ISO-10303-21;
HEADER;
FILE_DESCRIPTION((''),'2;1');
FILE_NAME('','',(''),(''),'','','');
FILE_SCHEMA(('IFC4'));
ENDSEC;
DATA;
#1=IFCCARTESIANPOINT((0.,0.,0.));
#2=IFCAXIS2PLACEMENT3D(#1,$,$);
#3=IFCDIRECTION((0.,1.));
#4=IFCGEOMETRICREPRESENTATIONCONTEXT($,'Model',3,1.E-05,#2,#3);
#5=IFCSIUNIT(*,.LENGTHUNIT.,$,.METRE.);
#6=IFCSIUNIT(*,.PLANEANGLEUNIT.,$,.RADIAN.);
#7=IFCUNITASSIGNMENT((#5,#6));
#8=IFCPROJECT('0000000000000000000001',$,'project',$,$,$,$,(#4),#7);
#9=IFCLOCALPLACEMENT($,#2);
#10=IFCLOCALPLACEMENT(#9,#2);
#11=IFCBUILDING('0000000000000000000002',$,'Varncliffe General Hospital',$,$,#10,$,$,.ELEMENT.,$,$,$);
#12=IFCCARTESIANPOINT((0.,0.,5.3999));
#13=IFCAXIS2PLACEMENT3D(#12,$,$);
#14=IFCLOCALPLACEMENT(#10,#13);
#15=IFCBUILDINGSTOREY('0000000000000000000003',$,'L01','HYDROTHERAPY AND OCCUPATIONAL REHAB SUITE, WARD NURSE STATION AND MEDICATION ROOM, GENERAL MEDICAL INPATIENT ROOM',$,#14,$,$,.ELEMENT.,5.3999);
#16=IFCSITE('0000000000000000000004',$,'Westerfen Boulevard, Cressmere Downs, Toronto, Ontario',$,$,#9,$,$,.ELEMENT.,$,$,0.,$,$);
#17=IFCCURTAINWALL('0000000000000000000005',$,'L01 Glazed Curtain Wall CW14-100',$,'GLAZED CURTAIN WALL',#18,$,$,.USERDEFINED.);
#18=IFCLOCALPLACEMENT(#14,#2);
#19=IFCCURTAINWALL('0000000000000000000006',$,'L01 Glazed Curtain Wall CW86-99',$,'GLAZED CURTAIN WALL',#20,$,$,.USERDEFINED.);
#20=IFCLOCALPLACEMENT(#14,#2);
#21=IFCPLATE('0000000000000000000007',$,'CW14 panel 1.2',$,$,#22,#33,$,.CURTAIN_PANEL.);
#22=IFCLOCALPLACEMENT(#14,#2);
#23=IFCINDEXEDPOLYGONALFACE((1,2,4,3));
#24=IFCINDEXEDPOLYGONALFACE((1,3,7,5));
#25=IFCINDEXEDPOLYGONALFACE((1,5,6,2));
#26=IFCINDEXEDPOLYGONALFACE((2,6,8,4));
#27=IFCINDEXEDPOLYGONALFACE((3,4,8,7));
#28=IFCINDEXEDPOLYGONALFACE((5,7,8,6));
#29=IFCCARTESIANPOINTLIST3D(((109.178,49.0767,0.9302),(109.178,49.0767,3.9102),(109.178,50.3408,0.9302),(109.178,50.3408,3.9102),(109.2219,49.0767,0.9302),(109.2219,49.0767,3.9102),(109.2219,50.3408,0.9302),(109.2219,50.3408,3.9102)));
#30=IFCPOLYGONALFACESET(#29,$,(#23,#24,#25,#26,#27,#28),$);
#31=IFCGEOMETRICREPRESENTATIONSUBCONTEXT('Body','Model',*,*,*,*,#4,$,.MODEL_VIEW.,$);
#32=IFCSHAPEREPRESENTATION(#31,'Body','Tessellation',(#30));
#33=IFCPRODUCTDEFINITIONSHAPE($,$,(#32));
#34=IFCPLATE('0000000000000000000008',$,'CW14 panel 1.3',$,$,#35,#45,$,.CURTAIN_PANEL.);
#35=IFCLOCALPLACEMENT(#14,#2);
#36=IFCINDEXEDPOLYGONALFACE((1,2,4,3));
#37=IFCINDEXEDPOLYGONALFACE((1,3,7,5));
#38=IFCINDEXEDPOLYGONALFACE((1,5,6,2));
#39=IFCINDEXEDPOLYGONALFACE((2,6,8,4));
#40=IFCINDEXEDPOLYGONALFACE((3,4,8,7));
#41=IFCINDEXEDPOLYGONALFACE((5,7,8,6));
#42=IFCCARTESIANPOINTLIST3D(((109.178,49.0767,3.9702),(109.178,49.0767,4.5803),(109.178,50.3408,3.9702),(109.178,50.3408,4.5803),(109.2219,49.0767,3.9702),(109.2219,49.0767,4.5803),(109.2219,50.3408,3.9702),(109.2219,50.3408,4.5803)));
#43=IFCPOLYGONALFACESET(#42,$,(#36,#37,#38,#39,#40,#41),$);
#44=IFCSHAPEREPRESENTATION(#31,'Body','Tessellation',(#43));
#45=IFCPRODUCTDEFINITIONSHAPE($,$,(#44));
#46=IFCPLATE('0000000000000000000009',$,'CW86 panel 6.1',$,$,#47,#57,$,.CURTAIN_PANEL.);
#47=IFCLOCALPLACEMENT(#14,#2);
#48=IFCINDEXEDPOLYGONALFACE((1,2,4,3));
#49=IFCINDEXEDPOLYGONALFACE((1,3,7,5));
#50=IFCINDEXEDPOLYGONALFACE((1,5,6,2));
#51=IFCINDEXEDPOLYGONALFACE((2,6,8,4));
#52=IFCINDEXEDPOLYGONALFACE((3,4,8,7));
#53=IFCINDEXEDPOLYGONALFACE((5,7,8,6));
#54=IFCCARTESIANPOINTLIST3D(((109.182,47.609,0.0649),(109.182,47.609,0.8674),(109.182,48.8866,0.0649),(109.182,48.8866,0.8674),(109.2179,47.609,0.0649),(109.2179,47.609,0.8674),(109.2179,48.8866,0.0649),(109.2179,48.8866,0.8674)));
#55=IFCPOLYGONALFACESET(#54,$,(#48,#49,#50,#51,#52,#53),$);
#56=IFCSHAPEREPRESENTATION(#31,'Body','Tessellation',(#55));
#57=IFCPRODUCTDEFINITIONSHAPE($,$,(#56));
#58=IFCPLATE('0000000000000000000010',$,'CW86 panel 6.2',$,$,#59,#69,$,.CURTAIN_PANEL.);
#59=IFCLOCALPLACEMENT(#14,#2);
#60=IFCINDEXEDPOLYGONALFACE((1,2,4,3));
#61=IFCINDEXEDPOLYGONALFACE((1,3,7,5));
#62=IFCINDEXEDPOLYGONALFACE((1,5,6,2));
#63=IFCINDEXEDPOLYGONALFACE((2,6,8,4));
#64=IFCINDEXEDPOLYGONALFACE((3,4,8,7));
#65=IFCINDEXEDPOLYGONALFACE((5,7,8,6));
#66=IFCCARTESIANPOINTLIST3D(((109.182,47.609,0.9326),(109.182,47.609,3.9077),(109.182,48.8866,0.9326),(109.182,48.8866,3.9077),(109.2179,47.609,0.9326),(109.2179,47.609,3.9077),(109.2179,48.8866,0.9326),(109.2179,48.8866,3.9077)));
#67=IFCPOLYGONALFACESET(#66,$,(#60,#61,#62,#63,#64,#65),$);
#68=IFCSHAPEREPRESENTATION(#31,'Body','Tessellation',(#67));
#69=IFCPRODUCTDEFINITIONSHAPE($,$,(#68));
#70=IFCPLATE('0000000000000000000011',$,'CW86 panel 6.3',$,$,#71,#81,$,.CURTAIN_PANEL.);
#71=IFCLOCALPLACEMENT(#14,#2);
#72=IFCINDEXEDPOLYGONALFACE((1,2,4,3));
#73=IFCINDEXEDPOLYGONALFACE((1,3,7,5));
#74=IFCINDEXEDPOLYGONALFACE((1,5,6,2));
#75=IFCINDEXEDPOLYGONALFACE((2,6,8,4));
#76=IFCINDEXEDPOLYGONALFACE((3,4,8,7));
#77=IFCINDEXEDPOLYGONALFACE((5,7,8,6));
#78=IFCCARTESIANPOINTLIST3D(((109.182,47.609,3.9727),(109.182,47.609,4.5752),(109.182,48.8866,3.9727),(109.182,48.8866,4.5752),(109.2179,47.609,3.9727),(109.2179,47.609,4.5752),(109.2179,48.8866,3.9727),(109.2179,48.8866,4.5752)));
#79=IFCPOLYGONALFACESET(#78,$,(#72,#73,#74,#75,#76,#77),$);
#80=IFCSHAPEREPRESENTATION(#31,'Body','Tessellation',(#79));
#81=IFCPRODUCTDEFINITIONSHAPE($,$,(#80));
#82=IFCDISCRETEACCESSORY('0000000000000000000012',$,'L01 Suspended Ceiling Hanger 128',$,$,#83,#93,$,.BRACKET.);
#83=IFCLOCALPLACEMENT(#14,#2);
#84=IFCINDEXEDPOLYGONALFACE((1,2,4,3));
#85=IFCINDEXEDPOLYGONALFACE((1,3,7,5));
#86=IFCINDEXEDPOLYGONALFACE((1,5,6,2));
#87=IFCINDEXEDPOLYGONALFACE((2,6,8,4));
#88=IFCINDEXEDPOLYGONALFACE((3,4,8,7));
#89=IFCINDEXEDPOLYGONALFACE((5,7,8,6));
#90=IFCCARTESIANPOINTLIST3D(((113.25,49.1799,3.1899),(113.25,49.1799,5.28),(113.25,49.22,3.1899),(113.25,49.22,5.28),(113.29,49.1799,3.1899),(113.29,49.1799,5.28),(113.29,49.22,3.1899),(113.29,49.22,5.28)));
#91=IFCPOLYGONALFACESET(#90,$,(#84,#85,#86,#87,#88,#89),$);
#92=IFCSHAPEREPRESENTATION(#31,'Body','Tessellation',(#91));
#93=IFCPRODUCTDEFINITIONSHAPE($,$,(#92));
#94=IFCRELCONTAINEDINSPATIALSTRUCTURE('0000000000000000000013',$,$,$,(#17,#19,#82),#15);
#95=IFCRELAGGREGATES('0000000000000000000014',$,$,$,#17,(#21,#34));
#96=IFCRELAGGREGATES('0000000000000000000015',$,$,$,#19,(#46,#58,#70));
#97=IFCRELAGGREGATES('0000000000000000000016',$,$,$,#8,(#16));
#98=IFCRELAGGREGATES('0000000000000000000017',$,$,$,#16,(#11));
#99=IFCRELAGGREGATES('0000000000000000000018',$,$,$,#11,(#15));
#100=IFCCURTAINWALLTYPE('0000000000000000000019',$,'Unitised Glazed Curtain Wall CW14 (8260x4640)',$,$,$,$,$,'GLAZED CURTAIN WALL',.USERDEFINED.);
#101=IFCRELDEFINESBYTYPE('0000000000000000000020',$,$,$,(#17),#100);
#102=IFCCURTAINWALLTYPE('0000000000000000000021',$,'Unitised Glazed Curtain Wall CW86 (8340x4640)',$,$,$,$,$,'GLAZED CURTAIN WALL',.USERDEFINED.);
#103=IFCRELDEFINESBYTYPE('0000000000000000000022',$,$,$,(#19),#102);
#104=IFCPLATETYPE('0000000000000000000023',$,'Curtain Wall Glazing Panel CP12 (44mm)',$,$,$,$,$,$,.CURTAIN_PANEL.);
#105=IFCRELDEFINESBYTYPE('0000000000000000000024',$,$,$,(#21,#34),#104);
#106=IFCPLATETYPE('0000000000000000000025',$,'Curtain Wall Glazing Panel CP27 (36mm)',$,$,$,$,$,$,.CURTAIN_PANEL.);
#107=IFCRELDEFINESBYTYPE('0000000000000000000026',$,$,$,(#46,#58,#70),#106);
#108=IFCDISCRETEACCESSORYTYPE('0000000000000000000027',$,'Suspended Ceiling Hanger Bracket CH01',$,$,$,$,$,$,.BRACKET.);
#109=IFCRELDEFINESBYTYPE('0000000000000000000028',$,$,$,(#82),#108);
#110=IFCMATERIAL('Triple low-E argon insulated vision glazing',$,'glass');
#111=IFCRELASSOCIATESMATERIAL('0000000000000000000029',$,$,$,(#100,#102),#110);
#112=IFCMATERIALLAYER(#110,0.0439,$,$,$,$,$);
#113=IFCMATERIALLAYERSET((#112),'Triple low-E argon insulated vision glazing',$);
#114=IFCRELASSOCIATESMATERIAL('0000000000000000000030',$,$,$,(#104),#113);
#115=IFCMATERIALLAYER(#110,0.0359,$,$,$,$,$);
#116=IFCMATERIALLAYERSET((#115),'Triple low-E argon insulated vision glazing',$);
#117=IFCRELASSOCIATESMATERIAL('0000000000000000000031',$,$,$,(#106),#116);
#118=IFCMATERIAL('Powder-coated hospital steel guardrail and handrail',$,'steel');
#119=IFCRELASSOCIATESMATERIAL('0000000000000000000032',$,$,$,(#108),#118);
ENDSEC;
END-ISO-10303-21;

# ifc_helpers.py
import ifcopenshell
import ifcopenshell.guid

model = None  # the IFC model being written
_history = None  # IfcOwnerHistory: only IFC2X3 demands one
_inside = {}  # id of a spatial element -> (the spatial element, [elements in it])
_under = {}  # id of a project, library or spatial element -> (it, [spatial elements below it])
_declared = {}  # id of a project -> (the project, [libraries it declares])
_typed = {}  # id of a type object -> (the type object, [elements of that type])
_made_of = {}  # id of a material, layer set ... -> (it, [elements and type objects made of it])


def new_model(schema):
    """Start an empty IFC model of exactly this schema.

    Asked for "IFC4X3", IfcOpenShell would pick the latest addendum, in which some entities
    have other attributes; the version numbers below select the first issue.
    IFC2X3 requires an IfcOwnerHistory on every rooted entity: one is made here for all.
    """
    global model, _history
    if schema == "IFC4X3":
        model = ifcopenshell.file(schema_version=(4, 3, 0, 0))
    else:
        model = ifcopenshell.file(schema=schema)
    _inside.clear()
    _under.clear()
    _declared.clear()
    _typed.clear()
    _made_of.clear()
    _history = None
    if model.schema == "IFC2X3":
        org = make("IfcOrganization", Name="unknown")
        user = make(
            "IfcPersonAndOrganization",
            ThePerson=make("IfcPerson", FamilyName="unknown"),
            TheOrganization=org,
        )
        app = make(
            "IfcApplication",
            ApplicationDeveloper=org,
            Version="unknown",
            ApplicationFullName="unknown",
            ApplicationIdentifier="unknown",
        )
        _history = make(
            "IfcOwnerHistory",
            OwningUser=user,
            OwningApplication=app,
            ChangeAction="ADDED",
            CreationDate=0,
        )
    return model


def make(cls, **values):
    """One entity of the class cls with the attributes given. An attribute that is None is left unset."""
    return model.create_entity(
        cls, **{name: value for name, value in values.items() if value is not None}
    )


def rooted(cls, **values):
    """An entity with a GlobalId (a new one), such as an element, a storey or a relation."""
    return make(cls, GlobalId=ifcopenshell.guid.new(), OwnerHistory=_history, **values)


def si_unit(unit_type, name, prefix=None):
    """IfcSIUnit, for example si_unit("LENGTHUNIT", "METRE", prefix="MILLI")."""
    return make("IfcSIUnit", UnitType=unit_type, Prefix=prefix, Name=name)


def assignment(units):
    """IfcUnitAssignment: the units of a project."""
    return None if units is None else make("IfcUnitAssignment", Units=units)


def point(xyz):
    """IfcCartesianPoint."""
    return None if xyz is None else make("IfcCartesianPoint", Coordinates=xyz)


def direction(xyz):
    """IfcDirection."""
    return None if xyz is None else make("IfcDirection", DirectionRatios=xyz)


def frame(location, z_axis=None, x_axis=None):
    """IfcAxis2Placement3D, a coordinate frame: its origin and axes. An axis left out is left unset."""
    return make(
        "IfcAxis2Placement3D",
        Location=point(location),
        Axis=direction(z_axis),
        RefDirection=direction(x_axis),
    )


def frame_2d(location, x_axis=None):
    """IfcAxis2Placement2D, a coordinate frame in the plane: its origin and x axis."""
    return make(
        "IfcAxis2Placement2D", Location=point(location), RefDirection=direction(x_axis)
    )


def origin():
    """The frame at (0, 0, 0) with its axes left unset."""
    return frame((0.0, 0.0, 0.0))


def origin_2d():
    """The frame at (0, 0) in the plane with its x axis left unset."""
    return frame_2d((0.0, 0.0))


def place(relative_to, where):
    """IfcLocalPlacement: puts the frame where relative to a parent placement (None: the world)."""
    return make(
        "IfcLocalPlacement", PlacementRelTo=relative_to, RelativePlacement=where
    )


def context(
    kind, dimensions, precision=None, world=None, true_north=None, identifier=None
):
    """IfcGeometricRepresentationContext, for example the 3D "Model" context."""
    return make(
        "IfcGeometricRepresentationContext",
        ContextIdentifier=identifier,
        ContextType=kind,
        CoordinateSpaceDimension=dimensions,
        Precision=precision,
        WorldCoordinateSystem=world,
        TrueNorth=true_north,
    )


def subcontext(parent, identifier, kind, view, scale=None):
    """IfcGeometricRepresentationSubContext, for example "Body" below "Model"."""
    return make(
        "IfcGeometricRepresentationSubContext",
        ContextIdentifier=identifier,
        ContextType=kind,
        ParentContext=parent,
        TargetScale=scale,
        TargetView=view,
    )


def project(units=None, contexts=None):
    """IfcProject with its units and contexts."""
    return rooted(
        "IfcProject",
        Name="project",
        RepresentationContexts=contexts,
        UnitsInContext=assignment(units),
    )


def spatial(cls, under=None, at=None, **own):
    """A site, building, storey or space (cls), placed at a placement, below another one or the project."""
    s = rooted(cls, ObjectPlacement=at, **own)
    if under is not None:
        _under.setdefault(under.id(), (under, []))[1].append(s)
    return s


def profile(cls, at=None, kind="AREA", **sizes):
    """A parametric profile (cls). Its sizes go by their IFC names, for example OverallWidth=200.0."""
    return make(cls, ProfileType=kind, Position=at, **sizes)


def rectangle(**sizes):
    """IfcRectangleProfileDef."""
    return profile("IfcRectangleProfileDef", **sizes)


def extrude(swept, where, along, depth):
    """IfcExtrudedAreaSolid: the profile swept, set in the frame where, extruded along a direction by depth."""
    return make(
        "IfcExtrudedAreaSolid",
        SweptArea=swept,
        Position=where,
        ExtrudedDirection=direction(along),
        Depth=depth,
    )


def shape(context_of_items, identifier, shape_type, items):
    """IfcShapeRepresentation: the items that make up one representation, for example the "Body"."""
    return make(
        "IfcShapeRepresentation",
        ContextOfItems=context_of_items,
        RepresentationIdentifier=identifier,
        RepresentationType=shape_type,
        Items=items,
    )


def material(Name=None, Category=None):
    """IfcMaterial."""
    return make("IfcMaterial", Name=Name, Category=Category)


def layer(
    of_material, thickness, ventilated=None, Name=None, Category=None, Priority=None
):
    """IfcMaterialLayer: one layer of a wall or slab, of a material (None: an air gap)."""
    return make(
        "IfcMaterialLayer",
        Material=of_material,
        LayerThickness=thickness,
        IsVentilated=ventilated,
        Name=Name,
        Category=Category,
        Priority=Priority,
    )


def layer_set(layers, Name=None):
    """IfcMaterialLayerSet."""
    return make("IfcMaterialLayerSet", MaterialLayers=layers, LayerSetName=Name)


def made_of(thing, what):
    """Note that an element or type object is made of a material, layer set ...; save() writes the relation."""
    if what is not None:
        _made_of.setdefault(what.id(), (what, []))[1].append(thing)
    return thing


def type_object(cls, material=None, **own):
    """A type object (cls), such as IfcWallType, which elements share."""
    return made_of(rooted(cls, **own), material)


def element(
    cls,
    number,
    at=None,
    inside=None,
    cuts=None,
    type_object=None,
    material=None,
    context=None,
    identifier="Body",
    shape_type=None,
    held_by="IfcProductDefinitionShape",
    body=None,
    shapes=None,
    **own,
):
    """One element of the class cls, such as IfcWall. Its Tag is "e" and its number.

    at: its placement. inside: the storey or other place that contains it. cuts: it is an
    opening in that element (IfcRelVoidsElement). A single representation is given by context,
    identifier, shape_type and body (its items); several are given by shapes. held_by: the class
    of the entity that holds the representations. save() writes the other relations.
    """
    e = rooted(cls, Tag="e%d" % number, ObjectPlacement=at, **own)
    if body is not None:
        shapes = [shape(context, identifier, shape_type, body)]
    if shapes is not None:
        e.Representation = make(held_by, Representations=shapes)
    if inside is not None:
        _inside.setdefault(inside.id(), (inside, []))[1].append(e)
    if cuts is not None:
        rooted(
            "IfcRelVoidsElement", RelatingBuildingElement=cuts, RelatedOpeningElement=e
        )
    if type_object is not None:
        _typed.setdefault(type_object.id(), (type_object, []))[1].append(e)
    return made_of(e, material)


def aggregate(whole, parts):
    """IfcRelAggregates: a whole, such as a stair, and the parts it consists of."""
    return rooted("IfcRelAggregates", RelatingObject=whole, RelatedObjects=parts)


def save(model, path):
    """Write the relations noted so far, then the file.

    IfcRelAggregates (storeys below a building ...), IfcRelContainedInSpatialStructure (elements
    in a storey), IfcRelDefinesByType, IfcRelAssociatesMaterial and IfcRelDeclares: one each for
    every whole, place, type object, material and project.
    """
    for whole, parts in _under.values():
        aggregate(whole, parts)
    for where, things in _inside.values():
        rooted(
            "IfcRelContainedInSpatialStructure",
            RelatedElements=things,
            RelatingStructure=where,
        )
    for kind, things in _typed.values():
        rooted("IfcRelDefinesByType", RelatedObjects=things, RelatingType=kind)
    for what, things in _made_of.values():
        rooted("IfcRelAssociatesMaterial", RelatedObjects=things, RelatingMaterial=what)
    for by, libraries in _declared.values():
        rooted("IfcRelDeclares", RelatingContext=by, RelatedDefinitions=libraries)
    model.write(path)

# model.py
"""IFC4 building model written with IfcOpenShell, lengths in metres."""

from ifc_helpers import new_model, si_unit, direction, frame, origin, origin_2d, place, context, subcontext, project, spatial, rectangle, extrude, material, layer, layer_set, type_object, element, aggregate, save


model = new_model("IFC4")

# Units and contexts
model_context = context("Model", 3, precision=1e-05, world=origin(), true_north=direction((0.0, 1.0)))
body_context = subcontext(model_context, "Body", "Model", "MODEL_VIEW")
ifc_project = project(units=[si_unit("LENGTHUNIT", "METRE"), si_unit("PLANEANGLEUNIT", "RADIAN")], contexts=[model_context])

# Site, building, storey
site_placement = place(None, origin())
site = spatial("IfcSite", under=ifc_project, at=site_placement, Name="Westerfen Boulevard, Cressmere Downs, Toronto, Ontario", CompositionType="ELEMENT", RefElevation=0.0)
building_placement = place(site_placement, origin())
building = spatial("IfcBuilding", under=site, at=building_placement, Name="Varncliffe General Hospital", CompositionType="ELEMENT")
storey_placement = place(building_placement, frame((0.0, 0.0, 5.3999)))
storey = spatial("IfcBuildingStorey", under=building, at=storey_placement, Name="L01", Description="HYDROTHERAPY AND OCCUPATIONAL REHAB SUITE, WARD NURSE STATION AND MEDICATION ROOM, GENERAL MEDICAL INPATIENT ROOM", CompositionType="ELEMENT", Elevation=5.3999)

# Curtain walls
ifc_material_1 = material(Name="Triple low-E argon insulated vision glazing", Category="glass")
curtain_wall_type_1 = type_object("IfcCurtainWallType", Name="Unitised Glazed Curtain Wall CW14 (8260x4640)", ElementType="GLAZED CURTAIN WALL", PredefinedType="USERDEFINED", material=ifc_material_1)
curtain_wall_1_placement = place(storey_placement, origin())
curtain_wall_1 = element("IfcCurtainWall", 1, at=curtain_wall_1_placement, inside=storey, type_object=curtain_wall_type_1, Name="L01 Glazed Curtain Wall CW14-100", ObjectType="GLAZED CURTAIN WALL", PredefinedType="USERDEFINED")
curtain_wall_type_2 = type_object("IfcCurtainWallType", Name="Unitised Glazed Curtain Wall CW86 (8340x4640)", ElementType="GLAZED CURTAIN WALL", PredefinedType="USERDEFINED", material=ifc_material_1)
curtain_wall_2_placement = place(storey_placement, origin())
curtain_wall_2 = element("IfcCurtainWall", 2, at=curtain_wall_2_placement, inside=storey, type_object=curtain_wall_type_2, Name="L01 Glazed Curtain Wall CW86-99", ObjectType="GLAZED CURTAIN WALL", PredefinedType="USERDEFINED")

# Plates
ifc_layer_1 = layer(ifc_material_1, 0.0439)
ifc_layer_set_1 = layer_set([ifc_layer_1], Name="Triple low-E argon insulated vision glazing")
plate_type_1 = type_object("IfcPlateType", Name="Curtain Wall Glazing Panel CP12 (44mm)", PredefinedType="CURTAIN_PANEL", material=ifc_layer_set_1)
plate_1_placement = place(storey_placement, frame((109.2, 49.7087, 0.9302), z_axis=(0.0, 0.0, 1.0), x_axis=(0.0, 1.0, 0.0)))
plate_1 = element("IfcPlate", 3, at=plate_1_placement, type_object=plate_type_1, Name="CW14 panel 1.2", PredefinedType="CURTAIN_PANEL", context=body_context, shape_type="SweptSolid", body=[
    extrude(rectangle(XDim=1.2642, YDim=0.0439, at=origin_2d()), origin(), (0.0, 0.0, 1.0), 2.98),
])
plate_2_placement = place(storey_placement, frame((109.2, 49.7087, 3.9702), z_axis=(0.0, 0.0, 1.0), x_axis=(0.0, 1.0, 0.0)))
plate_2 = element("IfcPlate", 4, at=plate_2_placement, type_object=plate_type_1, Name="CW14 panel 1.3", PredefinedType="CURTAIN_PANEL", context=body_context, shape_type="SweptSolid", body=[
    extrude(rectangle(XDim=1.2642, YDim=0.0439, at=origin_2d()), origin(), (0.0, 0.0, 1.0), 0.6101),
])
aggregate(curtain_wall_1, [plate_1, plate_2])
ifc_layer_2 = layer(ifc_material_1, 0.0359)
ifc_layer_set_2 = layer_set([ifc_layer_2], Name="Triple low-E argon insulated vision glazing")
plate_type_2 = type_object("IfcPlateType", Name="Curtain Wall Glazing Panel CP27 (36mm)", PredefinedType="CURTAIN_PANEL", material=ifc_layer_set_2)
plate_3_placement = place(storey_placement, frame((109.2, 48.2478, 0.0649), z_axis=(0.0, 0.0, 1.0), x_axis=(0.0, 1.0, 0.0)))
plate_3 = element("IfcPlate", 5, at=plate_3_placement, type_object=plate_type_2, Name="CW86 panel 6.1", PredefinedType="CURTAIN_PANEL", context=body_context, shape_type="SweptSolid", body=[
    extrude(rectangle(XDim=1.2776, YDim=0.0359, at=origin_2d()), origin(), (0.0, 0.0, 1.0), 0.8025),
])
plate_4_placement = place(storey_placement, frame((109.2, 48.2478, 0.9326), z_axis=(0.0, 0.0, 1.0), x_axis=(0.0, 1.0, 0.0)))
plate_4 = element("IfcPlate", 6, at=plate_4_placement, type_object=plate_type_2, Name="CW86 panel 6.2", PredefinedType="CURTAIN_PANEL", context=body_context, shape_type="SweptSolid", body=[
    extrude(rectangle(XDim=1.2776, YDim=0.0359, at=origin_2d()), origin(), (0.0, 0.0, 1.0), 2.9751),
])
plate_5_placement = place(storey_placement, frame((109.2, 48.2478, 3.9727), z_axis=(0.0, 0.0, 1.0), x_axis=(0.0, 1.0, 0.0)))
plate_5 = element("IfcPlate", 7, at=plate_5_placement, type_object=plate_type_2, Name="CW86 panel 6.3", PredefinedType="CURTAIN_PANEL", context=body_context, shape_type="SweptSolid", body=[
    extrude(rectangle(XDim=1.2776, YDim=0.0359, at=origin_2d()), origin(), (0.0, 0.0, 1.0), 0.6025),
])
aggregate(curtain_wall_2, [plate_3, plate_4, plate_5])

# Discrete accessory
ifc_material_2 = material(Name="Powder-coated hospital steel guardrail and handrail", Category="steel")
discrete_accessory_type = type_object("IfcDiscreteAccessoryType", Name="Suspended Ceiling Hanger Bracket CH01", PredefinedType="BRACKET", material=ifc_material_2)
discrete_accessory_placement = place(storey_placement, frame((113.27, 49.2, 3.1899), z_axis=(0.0, 0.0, 1.0), x_axis=(1.0, 0.0, 0.0)))
element("IfcDiscreteAccessory", 8, at=discrete_accessory_placement, inside=storey, type_object=discrete_accessory_type, Name="L01 Suspended Ceiling Hanger 128", PredefinedType="BRACKET", context=body_context, shape_type="SweptSolid", body=[
    extrude(rectangle(XDim=0.04, YDim=0.04, at=origin_2d()), origin(), (0.0, 0.0, 1.0), 2.0901),
])

save(model, "model.ifc")
